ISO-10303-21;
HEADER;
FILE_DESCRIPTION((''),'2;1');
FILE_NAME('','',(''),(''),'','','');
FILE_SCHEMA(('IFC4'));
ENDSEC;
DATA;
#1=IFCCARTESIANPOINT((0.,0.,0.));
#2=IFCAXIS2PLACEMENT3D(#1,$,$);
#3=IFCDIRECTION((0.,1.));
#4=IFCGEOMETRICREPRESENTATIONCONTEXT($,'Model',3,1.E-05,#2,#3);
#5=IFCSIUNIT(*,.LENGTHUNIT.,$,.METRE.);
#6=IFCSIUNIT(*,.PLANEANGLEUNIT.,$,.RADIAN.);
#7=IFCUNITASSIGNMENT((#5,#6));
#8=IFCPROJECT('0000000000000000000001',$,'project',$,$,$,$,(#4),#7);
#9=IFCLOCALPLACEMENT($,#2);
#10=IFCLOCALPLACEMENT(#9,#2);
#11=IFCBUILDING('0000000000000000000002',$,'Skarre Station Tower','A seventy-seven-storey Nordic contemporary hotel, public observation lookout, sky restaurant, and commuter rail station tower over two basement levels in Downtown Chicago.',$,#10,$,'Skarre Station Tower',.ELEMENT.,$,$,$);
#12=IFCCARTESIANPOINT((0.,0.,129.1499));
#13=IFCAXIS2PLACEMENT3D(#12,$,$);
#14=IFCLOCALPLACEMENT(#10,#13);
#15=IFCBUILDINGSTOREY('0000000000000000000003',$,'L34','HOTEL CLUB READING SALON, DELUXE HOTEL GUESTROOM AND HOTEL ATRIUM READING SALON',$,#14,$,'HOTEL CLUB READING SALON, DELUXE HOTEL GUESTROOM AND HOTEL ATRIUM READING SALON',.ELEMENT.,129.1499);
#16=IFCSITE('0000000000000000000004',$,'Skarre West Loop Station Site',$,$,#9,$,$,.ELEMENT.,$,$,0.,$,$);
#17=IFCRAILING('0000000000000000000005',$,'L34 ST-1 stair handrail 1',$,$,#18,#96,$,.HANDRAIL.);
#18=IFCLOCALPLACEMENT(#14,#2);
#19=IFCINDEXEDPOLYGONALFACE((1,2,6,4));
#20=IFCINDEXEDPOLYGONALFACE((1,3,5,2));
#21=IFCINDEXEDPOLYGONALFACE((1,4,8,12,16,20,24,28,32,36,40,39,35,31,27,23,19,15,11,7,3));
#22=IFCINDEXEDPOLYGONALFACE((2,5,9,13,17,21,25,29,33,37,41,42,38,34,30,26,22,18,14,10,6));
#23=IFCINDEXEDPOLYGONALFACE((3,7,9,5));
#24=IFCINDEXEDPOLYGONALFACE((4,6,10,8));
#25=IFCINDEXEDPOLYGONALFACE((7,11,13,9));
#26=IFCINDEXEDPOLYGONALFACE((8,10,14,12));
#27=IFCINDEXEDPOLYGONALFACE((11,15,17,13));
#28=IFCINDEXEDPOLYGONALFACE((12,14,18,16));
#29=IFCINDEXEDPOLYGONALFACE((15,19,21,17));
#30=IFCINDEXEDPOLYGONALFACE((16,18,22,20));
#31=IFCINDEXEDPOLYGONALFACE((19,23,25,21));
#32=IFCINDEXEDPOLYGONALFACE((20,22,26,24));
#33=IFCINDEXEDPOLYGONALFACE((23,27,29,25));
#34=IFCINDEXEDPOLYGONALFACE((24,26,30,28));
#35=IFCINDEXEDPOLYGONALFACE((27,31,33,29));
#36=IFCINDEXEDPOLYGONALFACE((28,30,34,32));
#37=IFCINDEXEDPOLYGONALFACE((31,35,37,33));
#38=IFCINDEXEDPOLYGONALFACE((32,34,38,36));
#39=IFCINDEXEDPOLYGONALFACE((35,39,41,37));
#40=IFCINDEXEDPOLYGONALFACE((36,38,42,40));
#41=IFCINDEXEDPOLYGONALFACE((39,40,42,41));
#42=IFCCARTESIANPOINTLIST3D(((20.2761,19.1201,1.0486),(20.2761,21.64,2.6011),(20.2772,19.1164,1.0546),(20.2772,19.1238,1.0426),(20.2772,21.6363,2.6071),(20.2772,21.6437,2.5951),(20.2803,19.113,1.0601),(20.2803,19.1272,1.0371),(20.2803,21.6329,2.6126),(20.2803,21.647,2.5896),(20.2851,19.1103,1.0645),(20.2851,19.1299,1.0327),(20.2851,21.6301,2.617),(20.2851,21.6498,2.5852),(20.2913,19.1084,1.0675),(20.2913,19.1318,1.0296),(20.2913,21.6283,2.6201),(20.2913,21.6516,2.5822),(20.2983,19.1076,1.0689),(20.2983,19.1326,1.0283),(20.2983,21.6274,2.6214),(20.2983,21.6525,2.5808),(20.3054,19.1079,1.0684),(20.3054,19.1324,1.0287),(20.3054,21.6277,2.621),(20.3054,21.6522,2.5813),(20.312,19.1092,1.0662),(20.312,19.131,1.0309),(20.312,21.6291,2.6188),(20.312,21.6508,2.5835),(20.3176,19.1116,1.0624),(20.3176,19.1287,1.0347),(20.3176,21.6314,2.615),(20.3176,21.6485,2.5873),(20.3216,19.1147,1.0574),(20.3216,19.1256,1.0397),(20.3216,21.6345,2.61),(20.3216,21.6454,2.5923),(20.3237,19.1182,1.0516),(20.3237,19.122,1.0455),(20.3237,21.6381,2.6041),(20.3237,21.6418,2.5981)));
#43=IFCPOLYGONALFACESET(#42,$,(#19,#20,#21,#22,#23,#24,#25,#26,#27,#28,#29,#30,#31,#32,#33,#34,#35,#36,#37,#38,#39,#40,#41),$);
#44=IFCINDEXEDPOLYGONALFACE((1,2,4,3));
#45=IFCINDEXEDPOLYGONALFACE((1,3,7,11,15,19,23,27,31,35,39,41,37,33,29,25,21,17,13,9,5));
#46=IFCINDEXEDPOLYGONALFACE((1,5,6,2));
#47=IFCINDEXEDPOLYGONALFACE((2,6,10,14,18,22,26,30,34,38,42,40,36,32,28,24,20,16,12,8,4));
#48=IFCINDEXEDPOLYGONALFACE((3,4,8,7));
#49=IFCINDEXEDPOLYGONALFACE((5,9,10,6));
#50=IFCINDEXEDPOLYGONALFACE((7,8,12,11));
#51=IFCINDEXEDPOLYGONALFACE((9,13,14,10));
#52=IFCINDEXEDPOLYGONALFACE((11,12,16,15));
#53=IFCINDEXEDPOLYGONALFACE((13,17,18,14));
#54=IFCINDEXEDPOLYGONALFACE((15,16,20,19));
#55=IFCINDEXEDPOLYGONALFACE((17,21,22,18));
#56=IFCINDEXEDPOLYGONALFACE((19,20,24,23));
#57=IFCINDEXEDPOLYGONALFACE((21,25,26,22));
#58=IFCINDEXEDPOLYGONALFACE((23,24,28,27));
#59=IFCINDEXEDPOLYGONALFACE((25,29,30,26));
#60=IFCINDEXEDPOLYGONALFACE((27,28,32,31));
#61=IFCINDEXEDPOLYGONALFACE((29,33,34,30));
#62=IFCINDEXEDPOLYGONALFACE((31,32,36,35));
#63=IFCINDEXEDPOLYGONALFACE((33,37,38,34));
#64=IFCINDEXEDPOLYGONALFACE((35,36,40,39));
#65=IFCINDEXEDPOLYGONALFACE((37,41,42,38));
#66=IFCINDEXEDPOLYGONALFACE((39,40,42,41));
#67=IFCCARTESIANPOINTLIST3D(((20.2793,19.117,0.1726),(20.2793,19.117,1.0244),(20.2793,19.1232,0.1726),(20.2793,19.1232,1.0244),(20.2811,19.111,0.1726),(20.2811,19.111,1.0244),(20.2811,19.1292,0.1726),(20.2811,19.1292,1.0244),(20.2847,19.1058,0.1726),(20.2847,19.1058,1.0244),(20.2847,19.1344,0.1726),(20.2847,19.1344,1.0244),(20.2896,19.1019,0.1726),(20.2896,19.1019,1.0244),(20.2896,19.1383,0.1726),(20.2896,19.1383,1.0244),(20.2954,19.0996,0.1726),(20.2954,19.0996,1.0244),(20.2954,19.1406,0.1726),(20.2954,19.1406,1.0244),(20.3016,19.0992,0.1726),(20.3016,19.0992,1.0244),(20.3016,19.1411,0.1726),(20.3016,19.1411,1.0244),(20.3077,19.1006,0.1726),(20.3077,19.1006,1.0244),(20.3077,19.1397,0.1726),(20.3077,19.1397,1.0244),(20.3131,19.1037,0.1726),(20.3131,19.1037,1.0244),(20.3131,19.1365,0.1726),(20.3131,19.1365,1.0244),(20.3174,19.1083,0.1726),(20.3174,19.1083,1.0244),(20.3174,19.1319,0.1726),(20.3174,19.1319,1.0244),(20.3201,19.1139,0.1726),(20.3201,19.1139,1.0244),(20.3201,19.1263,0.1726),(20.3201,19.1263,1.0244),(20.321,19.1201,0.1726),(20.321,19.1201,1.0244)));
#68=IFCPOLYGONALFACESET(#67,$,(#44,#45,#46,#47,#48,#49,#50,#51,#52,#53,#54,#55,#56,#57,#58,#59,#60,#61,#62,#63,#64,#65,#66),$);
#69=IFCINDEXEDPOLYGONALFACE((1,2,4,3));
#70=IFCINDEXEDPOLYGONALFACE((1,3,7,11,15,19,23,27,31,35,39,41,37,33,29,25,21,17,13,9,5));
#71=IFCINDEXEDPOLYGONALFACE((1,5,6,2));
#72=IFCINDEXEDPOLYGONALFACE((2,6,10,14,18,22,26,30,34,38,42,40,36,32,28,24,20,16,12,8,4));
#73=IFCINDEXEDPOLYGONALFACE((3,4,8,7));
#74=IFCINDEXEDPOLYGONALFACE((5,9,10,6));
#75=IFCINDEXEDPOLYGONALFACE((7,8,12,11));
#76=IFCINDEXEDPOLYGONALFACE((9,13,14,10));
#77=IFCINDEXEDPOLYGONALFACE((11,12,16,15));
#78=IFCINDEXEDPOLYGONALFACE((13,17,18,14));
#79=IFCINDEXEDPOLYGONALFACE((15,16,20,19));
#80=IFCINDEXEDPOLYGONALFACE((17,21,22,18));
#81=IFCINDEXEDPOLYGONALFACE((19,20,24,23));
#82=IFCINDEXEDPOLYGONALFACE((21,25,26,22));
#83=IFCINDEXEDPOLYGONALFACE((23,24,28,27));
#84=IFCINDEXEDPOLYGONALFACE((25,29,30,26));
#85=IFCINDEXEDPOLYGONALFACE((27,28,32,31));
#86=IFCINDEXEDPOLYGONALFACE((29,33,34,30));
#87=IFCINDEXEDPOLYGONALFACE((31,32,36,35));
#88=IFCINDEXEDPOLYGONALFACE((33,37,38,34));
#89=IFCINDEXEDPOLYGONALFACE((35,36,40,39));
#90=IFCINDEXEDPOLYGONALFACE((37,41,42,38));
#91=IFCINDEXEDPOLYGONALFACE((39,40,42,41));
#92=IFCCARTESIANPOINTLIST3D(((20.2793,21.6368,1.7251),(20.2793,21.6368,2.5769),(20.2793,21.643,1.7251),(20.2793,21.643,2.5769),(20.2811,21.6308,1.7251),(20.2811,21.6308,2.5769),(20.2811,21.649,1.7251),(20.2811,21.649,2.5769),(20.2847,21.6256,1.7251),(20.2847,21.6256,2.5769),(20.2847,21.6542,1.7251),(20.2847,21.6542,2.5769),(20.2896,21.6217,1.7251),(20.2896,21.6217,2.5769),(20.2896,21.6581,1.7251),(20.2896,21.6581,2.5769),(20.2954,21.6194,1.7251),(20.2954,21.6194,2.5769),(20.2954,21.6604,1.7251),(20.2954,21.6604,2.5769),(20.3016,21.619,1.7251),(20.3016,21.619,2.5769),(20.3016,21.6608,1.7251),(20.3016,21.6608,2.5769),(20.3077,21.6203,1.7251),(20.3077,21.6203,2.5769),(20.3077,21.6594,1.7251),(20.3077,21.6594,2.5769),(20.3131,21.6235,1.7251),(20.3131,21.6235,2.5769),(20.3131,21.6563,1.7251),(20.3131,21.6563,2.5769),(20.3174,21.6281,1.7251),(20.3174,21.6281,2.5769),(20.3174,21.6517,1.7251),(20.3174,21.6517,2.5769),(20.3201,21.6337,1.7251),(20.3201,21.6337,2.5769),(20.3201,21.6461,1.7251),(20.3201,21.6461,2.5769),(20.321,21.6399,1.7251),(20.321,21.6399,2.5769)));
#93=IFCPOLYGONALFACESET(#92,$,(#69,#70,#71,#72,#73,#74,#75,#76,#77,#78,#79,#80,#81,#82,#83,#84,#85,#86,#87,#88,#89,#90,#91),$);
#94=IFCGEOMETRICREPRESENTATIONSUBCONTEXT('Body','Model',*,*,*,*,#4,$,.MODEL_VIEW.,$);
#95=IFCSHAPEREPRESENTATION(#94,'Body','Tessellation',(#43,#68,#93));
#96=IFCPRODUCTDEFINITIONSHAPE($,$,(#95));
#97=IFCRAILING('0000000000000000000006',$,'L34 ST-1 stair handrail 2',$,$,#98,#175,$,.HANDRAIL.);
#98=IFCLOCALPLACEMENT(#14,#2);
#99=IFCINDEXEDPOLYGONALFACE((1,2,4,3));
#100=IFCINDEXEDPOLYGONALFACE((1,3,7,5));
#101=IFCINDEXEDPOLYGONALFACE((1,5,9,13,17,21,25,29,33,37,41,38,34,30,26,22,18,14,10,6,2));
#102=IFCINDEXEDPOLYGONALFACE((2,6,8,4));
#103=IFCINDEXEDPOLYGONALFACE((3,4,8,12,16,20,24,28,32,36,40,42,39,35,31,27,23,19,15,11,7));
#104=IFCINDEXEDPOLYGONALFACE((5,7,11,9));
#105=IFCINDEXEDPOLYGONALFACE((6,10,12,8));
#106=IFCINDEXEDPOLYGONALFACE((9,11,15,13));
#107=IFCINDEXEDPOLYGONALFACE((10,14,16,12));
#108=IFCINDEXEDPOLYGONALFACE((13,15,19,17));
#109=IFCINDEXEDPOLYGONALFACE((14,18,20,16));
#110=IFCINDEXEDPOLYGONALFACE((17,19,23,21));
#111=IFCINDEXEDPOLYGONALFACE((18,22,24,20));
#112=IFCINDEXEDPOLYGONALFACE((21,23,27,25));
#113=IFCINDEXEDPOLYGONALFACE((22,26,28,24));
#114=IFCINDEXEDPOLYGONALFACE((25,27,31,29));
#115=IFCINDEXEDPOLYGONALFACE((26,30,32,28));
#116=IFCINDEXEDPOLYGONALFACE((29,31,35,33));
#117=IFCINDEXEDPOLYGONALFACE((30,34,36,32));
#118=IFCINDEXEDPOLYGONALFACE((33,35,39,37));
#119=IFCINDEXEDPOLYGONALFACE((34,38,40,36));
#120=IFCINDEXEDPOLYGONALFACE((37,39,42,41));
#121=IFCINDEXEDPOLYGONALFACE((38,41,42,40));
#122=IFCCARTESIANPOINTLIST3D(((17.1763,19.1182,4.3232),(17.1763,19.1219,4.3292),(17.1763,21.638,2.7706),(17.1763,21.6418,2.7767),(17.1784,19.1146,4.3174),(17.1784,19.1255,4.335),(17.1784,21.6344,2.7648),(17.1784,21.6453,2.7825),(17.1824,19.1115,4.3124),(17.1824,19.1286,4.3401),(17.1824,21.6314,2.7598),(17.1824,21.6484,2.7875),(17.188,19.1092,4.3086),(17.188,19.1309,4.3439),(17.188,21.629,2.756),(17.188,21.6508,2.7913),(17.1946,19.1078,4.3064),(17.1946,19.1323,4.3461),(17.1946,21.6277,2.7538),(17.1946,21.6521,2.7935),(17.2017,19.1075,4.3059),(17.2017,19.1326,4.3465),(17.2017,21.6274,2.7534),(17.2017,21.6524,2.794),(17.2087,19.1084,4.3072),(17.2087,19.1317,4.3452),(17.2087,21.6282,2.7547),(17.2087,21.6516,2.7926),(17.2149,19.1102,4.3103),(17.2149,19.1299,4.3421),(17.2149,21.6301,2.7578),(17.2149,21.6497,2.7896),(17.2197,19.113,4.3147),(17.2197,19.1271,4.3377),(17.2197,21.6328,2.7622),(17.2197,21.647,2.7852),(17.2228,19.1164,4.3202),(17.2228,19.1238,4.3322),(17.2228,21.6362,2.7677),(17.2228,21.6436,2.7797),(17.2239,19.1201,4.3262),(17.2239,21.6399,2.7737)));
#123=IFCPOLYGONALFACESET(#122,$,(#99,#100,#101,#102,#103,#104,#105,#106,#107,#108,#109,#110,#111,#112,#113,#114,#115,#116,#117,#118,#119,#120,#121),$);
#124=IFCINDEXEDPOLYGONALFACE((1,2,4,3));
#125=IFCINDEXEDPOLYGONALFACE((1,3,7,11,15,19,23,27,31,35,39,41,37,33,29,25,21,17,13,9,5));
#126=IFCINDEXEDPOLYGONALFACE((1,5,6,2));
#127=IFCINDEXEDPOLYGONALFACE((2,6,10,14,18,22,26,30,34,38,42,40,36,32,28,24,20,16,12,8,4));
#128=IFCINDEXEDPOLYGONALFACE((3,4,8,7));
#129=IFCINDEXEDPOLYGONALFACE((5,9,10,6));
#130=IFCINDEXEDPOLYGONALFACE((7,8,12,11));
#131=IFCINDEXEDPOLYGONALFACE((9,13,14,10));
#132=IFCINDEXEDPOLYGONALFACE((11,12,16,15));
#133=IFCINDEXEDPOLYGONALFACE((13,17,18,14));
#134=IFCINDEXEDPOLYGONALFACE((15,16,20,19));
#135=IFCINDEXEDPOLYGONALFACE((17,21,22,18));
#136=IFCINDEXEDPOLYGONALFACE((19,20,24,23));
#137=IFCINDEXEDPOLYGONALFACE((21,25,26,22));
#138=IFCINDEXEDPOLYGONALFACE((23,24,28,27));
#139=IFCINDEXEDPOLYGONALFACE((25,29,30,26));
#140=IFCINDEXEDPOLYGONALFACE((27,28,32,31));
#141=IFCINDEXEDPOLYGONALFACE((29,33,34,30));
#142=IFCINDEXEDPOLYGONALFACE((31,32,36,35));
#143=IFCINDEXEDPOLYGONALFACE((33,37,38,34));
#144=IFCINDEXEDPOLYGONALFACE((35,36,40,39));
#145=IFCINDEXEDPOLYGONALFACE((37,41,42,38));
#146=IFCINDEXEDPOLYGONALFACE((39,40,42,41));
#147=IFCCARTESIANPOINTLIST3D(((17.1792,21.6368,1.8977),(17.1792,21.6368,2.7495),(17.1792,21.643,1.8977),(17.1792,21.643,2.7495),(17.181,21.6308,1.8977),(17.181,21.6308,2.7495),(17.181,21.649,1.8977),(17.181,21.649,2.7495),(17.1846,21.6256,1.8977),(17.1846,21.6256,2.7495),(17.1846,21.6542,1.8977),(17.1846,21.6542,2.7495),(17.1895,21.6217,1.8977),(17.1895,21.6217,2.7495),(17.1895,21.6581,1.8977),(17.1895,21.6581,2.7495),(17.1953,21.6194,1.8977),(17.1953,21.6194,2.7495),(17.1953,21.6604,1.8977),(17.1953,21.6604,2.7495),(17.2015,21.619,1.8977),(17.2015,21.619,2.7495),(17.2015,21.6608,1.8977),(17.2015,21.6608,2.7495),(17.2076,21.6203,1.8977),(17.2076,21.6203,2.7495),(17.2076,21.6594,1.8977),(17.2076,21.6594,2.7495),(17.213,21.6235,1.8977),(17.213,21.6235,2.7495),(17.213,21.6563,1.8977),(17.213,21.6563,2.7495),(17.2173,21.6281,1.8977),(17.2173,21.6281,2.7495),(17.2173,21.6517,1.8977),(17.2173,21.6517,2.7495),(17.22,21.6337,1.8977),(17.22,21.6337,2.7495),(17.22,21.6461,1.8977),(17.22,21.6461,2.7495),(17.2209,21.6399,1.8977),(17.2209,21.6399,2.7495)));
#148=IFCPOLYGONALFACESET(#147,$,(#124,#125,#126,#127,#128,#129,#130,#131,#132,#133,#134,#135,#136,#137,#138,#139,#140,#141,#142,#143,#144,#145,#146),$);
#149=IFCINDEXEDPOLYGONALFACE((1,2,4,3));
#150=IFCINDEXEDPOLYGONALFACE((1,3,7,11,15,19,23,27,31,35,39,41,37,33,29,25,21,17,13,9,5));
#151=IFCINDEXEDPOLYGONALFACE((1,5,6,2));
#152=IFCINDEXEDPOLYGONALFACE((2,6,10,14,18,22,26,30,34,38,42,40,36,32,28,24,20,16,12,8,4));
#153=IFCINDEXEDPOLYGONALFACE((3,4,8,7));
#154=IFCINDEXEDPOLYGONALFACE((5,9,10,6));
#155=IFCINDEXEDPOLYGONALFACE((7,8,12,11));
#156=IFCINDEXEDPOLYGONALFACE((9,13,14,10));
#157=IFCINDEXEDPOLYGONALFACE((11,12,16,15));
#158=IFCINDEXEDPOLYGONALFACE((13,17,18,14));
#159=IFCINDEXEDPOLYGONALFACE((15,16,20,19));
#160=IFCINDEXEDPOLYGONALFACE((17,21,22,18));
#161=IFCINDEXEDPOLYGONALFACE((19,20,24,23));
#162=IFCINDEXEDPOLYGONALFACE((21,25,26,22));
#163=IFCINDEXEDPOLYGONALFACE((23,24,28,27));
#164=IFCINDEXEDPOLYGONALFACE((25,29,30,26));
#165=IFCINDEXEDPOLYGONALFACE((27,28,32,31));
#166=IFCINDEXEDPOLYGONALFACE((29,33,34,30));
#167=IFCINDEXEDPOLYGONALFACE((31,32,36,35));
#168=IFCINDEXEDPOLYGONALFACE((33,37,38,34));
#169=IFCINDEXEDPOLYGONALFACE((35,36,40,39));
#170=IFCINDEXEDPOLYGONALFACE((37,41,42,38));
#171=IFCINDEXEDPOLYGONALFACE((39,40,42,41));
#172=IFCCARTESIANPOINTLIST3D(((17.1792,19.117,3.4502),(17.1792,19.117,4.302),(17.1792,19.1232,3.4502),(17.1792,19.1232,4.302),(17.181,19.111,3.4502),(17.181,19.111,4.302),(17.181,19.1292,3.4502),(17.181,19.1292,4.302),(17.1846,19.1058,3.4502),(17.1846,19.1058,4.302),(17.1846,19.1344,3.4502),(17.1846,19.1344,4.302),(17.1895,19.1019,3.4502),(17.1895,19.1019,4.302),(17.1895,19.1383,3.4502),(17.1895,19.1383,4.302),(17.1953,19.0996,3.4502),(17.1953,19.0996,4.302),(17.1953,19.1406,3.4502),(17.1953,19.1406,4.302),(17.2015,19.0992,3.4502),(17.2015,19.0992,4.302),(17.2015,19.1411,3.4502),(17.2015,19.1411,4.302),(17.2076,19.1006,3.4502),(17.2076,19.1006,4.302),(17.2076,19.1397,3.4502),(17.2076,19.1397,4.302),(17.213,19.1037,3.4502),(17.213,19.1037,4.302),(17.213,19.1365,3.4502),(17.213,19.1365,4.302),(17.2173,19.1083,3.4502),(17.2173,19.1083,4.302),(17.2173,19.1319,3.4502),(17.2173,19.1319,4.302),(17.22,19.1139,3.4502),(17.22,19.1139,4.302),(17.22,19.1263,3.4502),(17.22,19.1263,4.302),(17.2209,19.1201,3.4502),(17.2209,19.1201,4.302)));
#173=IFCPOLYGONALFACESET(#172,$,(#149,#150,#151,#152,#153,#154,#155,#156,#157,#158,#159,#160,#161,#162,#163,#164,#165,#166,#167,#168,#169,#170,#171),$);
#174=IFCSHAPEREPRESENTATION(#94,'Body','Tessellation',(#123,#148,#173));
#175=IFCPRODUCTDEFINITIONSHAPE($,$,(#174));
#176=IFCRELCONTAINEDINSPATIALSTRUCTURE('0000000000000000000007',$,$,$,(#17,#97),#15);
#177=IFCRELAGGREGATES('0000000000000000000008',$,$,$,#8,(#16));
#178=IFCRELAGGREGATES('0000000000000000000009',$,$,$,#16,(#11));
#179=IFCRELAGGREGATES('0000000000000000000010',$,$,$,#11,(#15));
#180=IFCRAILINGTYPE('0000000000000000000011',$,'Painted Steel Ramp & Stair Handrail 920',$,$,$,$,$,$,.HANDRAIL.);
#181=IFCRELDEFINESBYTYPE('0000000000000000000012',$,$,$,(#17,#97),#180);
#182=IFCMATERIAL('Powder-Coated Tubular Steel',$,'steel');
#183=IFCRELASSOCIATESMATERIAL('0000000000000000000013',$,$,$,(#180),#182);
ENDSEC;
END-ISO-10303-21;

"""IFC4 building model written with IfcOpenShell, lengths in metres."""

from ifc_helpers import new_model, si_unit, direction, frame, origin, origin_2d, place, context, subcontext, project, spatial, circle, extrude, material, type_object, element, save


model = new_model("IFC4")

# Units and contexts
model_context = context("Model", 3, precision=1e-05, world=origin(), true_north=direction((0.0, 1.0)))
body_context = subcontext(model_context, "Body", "Model", "MODEL_VIEW")
ifc_project = project(units=[si_unit("LENGTHUNIT", "METRE"), si_unit("PLANEANGLEUNIT", "RADIAN")], contexts=[model_context])

# Site, building, storey
site_placement = place(None, origin())
site = spatial("IfcSite", under=ifc_project, at=site_placement, Name="Skarre West Loop Station Site", CompositionType="ELEMENT", RefElevation=0.0)
building_placement = place(site_placement, origin())
building = spatial("IfcBuilding", under=site, at=building_placement, Name="Skarre Station Tower", Description="A seventy-seven-storey Nordic contemporary hotel, public observation lookout, sky restaurant, and commuter rail station tower over two basement levels in Downtown Chicago.", LongName="Skarre Station Tower", CompositionType="ELEMENT")
storey_placement = place(building_placement, frame((0.0, 0.0, 129.1499)))
storey = spatial("IfcBuildingStorey", under=building, at=storey_placement, Name="L34", Description="HOTEL CLUB READING SALON, DELUXE HOTEL GUESTROOM AND HOTEL ATRIUM READING SALON", LongName="HOTEL CLUB READING SALON, DELUXE HOTEL GUESTROOM AND HOTEL ATRIUM READING SALON", CompositionType="ELEMENT", Elevation=129.1499)

# Railings
ifc_material_1 = material(Name="Powder-Coated Tubular Steel", Category="steel")
railing_type_1 = type_object("IfcRailingType", Name="Painted Steel Ramp & Stair Handrail 920", PredefinedType="HANDRAIL", material=ifc_material_1)
railing_1_placement = place(storey_placement, frame((20.3, 19.1201, 0.1726)))
element("IfcRailing", 1, at=railing_1_placement, inside=storey, type_object=railing_type_1, Name="L34 ST-1 stair handrail 1", PredefinedType="HANDRAIL", context=body_context, shape_type="SweptSolid", body=[
    extrude(circle(Radius=0.0239, at=origin_2d()), frame((0.0, 0.0, 0.876), z_axis=(0.0, 0.851378, 0.524553), x_axis=(-1.0, 0.0, 0.0)), (0.0, 0.0, 1.0), 2.9597),
    extrude(circle(Radius=0.021, at=origin_2d()), origin(), (0.0, 0.0, 1.0), 0.8518),
    extrude(circle(Radius=0.021, at=origin_2d()), frame((0.0, 2.5198, 1.5525)), (0.0, 0.0, 1.0), 0.8518),
])
railing_2_placement = place(storey_placement, frame((17.2, 21.6399, 1.8977)))
element("IfcRailing", 2, at=railing_2_placement, inside=storey, type_object=railing_type_1, Name="L34 ST-1 stair handrail 2", PredefinedType="HANDRAIL", context=body_context, shape_type="SweptSolid", body=[
    extrude(circle(Radius=0.0239, at=origin_2d()), frame((0.0, 0.0, 0.876), z_axis=(0.0, -0.851378, 0.524553), x_axis=(1.0, 0.0, 0.0)), (0.0, 0.0, 1.0), 2.9597),
    extrude(circle(Radius=0.021, at=origin_2d()), origin(), (0.0, 0.0, 1.0), 0.8518),
    extrude(circle(Radius=0.021, at=origin_2d()), frame((0.0, -2.5198, 1.5525)), (0.0, 0.0, 1.0), 0.8518),
])

save(model, "model.ifc")
